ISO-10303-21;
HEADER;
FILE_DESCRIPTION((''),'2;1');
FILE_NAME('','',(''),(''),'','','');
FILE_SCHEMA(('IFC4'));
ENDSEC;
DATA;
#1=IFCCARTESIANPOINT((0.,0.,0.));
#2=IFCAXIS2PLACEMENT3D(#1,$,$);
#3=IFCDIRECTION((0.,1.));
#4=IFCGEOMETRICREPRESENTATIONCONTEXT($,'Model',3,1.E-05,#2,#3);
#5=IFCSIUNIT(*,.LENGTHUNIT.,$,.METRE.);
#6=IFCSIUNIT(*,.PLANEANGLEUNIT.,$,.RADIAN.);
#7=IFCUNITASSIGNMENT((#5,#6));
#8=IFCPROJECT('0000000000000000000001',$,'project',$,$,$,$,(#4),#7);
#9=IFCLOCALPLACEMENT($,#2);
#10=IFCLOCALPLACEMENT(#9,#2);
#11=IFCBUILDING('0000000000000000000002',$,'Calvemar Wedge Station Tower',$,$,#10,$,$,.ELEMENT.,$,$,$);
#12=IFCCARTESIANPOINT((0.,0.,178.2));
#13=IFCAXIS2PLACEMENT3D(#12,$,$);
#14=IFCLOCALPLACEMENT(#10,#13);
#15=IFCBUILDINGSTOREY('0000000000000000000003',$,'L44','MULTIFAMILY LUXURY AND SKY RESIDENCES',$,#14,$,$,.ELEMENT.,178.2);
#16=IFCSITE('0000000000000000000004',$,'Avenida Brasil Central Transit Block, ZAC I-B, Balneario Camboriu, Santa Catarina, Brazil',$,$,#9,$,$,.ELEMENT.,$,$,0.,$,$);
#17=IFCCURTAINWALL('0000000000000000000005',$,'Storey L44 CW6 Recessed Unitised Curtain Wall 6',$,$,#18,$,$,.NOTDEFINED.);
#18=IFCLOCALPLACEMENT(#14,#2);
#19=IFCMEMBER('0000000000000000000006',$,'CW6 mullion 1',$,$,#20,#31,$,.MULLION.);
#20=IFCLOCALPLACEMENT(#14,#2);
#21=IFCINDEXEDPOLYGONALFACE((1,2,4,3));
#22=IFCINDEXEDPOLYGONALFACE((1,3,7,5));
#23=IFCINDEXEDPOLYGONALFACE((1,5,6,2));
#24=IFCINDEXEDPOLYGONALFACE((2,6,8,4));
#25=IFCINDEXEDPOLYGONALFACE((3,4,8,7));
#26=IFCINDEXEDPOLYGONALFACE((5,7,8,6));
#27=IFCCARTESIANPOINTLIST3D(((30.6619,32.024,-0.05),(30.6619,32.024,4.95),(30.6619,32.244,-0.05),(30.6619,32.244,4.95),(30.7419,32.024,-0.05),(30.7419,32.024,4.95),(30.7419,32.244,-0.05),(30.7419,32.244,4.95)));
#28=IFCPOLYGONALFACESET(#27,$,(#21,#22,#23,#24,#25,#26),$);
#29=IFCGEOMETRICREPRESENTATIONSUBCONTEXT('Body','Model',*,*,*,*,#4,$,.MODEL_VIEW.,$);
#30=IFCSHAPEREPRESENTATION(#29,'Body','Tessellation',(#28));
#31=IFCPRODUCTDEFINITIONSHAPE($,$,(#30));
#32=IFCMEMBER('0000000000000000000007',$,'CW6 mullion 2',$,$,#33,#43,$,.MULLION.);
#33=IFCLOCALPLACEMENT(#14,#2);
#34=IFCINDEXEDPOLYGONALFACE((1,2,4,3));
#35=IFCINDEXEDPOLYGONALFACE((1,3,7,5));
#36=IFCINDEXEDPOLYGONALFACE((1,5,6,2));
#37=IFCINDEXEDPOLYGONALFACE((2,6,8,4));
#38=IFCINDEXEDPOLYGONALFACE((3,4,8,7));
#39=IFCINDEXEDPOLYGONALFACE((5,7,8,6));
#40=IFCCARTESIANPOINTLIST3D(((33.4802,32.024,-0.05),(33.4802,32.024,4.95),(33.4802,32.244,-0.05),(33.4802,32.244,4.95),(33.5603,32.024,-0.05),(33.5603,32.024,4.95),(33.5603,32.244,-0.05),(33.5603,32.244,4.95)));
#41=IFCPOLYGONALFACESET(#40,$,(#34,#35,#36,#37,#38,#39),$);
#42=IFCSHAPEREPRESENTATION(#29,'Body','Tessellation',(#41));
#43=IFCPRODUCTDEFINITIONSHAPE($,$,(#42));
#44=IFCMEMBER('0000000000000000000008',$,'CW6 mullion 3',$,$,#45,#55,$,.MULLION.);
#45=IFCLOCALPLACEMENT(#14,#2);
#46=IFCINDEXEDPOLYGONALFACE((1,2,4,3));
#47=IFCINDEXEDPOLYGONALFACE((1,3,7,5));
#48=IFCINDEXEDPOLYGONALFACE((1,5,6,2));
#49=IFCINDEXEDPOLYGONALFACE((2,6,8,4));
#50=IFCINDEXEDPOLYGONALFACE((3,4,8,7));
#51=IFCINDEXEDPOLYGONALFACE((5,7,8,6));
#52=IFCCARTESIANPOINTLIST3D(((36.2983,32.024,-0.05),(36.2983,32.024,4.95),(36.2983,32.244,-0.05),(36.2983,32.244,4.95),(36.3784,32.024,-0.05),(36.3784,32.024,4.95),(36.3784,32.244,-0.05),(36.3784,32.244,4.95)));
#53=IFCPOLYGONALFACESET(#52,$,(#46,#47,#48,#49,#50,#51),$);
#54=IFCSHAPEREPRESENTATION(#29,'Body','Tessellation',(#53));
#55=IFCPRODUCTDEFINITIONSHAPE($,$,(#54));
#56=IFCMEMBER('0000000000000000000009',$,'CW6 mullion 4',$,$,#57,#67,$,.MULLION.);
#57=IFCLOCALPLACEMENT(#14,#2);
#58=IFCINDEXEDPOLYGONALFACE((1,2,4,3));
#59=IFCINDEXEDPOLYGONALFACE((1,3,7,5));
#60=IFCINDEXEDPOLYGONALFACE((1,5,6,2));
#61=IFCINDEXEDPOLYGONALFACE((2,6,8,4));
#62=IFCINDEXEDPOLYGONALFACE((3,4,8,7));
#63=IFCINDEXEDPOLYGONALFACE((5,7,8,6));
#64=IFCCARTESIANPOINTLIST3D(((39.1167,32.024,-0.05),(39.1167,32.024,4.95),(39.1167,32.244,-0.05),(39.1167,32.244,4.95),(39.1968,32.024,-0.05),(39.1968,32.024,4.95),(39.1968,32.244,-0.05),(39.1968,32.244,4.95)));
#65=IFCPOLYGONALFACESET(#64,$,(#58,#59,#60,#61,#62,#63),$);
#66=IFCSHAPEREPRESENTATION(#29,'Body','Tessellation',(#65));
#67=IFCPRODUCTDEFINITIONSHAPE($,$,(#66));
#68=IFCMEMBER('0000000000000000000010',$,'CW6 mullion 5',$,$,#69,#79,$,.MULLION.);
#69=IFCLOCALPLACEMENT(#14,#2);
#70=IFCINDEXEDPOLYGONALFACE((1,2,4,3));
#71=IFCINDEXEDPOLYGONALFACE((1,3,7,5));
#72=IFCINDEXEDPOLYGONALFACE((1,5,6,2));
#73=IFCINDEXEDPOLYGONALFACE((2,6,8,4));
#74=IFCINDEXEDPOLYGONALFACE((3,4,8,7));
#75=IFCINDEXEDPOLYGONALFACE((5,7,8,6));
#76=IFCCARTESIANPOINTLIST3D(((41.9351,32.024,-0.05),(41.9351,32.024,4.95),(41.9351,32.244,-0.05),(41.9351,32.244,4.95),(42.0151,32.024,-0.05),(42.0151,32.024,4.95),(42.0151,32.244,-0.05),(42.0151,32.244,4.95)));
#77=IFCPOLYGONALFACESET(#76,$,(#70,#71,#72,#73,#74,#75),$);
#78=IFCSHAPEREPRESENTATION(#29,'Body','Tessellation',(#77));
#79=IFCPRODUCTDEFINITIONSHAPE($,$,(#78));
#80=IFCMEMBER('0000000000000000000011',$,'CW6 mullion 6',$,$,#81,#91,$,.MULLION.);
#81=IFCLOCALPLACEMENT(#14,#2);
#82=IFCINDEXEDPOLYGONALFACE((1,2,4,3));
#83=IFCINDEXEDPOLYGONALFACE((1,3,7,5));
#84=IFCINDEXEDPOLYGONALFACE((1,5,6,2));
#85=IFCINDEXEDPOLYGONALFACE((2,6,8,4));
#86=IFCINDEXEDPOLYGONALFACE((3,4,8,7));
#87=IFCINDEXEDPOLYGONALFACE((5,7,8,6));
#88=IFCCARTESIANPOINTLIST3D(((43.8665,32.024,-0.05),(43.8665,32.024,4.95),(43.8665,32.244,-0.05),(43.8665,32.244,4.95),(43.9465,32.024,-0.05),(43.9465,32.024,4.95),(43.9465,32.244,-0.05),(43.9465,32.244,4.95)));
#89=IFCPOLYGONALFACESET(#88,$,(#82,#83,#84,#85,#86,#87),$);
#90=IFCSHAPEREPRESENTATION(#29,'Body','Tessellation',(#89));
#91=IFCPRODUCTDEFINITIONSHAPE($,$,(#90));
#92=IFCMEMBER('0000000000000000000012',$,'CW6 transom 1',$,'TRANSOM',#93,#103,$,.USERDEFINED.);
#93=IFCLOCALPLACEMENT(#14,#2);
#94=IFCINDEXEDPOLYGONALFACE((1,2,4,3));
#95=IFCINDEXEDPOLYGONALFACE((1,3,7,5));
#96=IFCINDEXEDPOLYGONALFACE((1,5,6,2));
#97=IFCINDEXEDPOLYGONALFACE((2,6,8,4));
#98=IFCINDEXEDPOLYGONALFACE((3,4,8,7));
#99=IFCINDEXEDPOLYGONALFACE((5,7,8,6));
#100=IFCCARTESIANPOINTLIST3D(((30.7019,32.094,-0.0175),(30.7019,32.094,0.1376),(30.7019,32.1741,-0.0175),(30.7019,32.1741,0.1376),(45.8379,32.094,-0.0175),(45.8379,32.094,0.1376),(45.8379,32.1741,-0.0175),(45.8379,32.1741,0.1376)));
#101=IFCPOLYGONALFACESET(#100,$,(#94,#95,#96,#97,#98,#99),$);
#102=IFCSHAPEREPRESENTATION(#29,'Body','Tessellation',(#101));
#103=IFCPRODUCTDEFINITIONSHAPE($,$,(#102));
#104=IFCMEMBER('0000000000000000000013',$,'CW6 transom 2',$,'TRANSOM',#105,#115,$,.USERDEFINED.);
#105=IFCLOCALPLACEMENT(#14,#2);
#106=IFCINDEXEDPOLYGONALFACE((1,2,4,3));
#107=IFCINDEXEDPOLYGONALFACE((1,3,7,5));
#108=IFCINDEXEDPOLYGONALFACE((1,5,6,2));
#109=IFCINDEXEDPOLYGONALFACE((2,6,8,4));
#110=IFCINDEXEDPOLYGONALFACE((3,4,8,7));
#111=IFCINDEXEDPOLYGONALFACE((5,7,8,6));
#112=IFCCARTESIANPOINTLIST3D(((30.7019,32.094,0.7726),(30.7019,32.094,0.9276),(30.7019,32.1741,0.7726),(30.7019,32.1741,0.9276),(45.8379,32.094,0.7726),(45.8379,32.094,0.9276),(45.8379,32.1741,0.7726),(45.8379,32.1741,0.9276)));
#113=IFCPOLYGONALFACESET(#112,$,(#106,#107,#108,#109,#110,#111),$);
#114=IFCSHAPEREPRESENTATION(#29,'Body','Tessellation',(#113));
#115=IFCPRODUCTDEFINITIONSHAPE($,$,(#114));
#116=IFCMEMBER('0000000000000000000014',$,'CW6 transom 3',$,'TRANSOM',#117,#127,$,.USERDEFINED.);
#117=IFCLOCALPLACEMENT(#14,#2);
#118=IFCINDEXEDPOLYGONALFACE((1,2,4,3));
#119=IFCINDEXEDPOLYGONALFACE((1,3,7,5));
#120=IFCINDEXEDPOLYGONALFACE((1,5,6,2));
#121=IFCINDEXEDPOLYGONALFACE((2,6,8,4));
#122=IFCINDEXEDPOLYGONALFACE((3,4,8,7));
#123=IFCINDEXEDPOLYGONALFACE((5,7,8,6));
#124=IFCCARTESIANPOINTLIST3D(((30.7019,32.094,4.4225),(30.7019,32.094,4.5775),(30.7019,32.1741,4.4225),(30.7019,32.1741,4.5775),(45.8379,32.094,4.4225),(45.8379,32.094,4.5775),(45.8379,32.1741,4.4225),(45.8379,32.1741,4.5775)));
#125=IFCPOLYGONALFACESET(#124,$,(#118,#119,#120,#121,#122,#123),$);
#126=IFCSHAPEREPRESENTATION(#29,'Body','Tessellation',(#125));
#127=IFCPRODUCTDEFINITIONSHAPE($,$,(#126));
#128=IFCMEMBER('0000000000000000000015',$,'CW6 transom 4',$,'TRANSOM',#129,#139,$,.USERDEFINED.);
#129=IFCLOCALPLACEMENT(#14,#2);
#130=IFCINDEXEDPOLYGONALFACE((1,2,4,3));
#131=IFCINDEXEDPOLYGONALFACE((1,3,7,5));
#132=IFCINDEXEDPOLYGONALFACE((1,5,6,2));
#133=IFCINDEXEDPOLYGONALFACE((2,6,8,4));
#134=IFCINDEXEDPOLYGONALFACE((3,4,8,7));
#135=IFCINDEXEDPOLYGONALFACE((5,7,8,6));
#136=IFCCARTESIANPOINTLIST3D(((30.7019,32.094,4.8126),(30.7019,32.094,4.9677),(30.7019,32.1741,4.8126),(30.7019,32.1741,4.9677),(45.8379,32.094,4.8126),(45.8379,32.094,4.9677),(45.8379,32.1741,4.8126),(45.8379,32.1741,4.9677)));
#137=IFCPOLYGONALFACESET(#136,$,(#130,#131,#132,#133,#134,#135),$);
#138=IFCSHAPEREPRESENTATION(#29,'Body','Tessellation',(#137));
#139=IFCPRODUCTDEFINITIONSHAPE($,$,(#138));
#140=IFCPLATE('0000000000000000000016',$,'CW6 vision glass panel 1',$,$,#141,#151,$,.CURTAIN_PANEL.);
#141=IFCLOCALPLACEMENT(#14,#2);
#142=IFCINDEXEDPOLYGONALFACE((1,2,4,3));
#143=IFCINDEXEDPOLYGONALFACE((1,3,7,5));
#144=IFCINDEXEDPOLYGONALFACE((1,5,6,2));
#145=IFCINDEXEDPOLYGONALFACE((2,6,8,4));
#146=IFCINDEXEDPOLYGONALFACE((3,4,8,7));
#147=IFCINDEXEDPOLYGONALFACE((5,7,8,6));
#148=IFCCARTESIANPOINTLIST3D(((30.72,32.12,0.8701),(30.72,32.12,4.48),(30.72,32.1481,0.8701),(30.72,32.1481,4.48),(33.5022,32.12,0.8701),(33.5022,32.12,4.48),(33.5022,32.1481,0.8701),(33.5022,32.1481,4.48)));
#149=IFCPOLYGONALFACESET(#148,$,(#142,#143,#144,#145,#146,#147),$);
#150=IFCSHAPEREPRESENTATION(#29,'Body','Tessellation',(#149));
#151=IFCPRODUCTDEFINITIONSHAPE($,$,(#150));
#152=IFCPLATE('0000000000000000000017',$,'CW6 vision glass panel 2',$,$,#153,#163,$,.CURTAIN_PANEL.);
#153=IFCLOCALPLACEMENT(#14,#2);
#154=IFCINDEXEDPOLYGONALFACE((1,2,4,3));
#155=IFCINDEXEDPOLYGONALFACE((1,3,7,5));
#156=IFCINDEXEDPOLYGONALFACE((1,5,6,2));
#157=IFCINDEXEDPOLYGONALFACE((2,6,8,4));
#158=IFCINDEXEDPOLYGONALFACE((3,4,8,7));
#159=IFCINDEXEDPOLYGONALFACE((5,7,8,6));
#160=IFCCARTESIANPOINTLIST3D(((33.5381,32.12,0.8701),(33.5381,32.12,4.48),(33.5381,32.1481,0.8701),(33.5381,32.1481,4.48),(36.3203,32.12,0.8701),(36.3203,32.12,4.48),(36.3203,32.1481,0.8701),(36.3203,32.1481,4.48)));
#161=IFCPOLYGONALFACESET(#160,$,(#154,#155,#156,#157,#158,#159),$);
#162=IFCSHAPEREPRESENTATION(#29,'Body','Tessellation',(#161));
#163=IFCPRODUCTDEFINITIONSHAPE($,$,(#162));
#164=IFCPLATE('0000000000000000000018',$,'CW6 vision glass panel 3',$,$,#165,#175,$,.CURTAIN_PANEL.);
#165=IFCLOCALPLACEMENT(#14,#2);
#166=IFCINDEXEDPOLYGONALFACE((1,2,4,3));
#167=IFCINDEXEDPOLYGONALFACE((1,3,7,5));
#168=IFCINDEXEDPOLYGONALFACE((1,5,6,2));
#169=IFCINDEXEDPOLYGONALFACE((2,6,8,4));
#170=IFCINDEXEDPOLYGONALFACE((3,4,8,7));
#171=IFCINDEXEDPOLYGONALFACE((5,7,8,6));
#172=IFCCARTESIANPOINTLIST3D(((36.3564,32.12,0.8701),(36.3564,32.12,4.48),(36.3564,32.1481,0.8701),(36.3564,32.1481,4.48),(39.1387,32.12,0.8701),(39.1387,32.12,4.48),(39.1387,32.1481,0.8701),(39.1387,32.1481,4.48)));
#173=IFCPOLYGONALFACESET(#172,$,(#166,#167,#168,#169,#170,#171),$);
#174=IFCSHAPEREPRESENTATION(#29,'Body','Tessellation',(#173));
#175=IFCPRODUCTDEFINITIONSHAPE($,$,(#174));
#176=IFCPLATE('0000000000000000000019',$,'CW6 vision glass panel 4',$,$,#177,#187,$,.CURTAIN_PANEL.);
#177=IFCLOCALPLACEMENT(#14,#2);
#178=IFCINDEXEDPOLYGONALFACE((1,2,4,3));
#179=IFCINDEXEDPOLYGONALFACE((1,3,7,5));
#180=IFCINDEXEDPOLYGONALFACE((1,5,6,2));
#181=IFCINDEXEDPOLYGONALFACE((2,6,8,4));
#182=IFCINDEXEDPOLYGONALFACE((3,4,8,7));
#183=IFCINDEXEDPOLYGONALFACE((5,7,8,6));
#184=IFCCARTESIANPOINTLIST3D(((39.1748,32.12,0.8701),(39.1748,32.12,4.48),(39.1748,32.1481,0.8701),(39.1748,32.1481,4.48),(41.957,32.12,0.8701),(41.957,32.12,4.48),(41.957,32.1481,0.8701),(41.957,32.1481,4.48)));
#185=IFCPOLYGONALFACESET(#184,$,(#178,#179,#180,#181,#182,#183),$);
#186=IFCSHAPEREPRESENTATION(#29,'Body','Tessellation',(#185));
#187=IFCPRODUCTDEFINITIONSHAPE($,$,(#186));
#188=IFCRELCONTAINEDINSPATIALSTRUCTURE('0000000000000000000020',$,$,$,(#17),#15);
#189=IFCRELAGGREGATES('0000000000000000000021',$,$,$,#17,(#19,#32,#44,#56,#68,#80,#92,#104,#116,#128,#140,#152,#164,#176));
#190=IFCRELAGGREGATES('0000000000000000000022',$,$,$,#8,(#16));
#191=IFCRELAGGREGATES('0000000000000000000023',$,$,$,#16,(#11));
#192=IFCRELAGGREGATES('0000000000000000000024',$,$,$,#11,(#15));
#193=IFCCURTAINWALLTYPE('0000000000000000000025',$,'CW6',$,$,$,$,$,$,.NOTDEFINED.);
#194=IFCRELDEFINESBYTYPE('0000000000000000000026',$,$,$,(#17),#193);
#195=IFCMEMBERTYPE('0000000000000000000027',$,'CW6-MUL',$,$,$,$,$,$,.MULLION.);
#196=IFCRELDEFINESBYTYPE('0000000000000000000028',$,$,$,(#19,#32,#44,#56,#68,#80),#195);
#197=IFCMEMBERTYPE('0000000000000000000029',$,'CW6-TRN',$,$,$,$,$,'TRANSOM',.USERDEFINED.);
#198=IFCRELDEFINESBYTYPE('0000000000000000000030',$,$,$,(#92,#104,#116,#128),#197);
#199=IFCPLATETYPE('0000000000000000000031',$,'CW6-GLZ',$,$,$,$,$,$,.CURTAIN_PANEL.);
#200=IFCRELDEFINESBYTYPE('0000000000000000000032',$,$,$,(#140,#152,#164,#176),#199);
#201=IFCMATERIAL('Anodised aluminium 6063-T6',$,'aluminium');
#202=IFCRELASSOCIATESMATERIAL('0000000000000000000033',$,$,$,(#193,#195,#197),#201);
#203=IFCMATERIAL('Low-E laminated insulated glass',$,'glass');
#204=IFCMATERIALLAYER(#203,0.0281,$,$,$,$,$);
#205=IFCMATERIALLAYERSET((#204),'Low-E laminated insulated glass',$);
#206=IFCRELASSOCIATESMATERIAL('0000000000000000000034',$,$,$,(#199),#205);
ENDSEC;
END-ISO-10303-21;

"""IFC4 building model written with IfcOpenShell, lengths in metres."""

from ifc_helpers import new_model, si_unit, direction, frame, frame_2d, origin, origin_2d, place, context, subcontext, project, spatial, rectangle, extrude, source, transform, mapped, material, layer, layer_set, material_profile, profile_set, type_object, element, aggregate, save


model = new_model("IFC4")

# Units and contexts
model_context = context("Model", 3, precision=1e-05, world=origin(), true_north=direction((0.0, 1.0)))
body_context = subcontext(model_context, "Body", "Model", "MODEL_VIEW")
ifc_project = project(units=[si_unit("LENGTHUNIT", "METRE"), si_unit("PLANEANGLEUNIT", "RADIAN")], contexts=[model_context])

# Site, building, storey
site_placement = place(None, origin())
site = spatial("IfcSite", under=ifc_project, at=site_placement, Name="Avenida Brasil Central Transit Block, ZAC I-B, Balneario Camboriu, Santa Catarina, Brazil", CompositionType="ELEMENT", RefElevation=0.0)
building_placement = place(site_placement, origin())
building = spatial("IfcBuilding", under=site, at=building_placement, Name="Calvemar Wedge Station Tower", CompositionType="ELEMENT")
storey_placement = place(building_placement, frame((0.0, 0.0, 178.2)))
storey = spatial("IfcBuildingStorey", under=building, at=storey_placement, Name="L44", Description="MULTIFAMILY LUXURY AND SKY RESIDENCES", CompositionType="ELEMENT", Elevation=178.2)

# Curtain wall, members, plates
ifc_material_1 = material(Name="Anodised aluminium 6063-T6", Category="aluminium")
curtain_wall_type = type_object("IfcCurtainWallType", Name="CW6", PredefinedType="NOTDEFINED", material=ifc_material_1)
curtain_wall_placement = place(storey_placement, origin())
curtain_wall = element("IfcCurtainWall", 1, at=curtain_wall_placement, inside=storey, type_object=curtain_wall_type, Name="Storey L44 CW6 Recessed Unitised Curtain Wall 6", PredefinedType="NOTDEFINED")
ifc_material_profile_1 = material_profile(ifc_material_1, rectangle(XDim=0.0801, YDim=0.22, at=origin_2d()), Name="AL-MUL-80x220")
ifc_profile_set_1 = profile_set([ifc_material_profile_1], Name="Anodised aluminium 6063-T6")
member_type_1 = type_object("IfcMemberType", Name="CW6-MUL", PredefinedType="MULLION", material=ifc_profile_set_1)
shared_shape_1 = source(origin(), body_context, "Body", "SweptSolid", [
    extrude(rectangle(XDim=0.0801, YDim=0.22, at=origin_2d()), origin(), (0.0, 0.0, 1.0), 5.0),
])
member_1_placement = place(storey_placement, frame((30.7019, 32.134, -0.05), z_axis=(0.0, 0.0, 1.0), x_axis=(1.0, 0.0, 0.0)))
member_1 = element("IfcMember", 2, at=member_1_placement, type_object=member_type_1, Name="CW6 mullion 1", PredefinedType="MULLION", context=body_context, shape_type="MappedRepresentation", body=[
    mapped(shared_shape_1, transform((0.0, 0.0, 0.0), scale=1.0)),
])
member_2_placement = place(storey_placement, frame((33.5203, 32.134, -0.05), z_axis=(0.0, 0.0, 1.0), x_axis=(1.0, 0.0, 0.0)))
member_2 = element("IfcMember", 3, at=member_2_placement, type_object=member_type_1, Name="CW6 mullion 2", PredefinedType="MULLION", context=body_context, shape_type="MappedRepresentation", body=[
    mapped(shared_shape_1, transform((0.0, 0.0, 0.0), scale=1.0)),
])
member_3_placement = place(storey_placement, frame((36.3384, 32.134, -0.05), z_axis=(0.0, 0.0, 1.0), x_axis=(1.0, 0.0, 0.0)))
member_3 = element("IfcMember", 4, at=member_3_placement, type_object=member_type_1, Name="CW6 mullion 3", PredefinedType="MULLION", context=body_context, shape_type="MappedRepresentation", body=[
    mapped(shared_shape_1, transform((0.0, 0.0, 0.0), scale=1.0)),
])
member_4_placement = place(storey_placement, frame((39.1567, 32.134, -0.05), z_axis=(0.0, 0.0, 1.0), x_axis=(1.0, 0.0, 0.0)))
member_4 = element("IfcMember", 5, at=member_4_placement, type_object=member_type_1, Name="CW6 mullion 4", PredefinedType="MULLION", context=body_context, shape_type="MappedRepresentation", body=[
    mapped(shared_shape_1, transform((0.0, 0.0, 0.0), scale=1.0)),
])
member_5_placement = place(storey_placement, frame((41.9751, 32.134, -0.05), z_axis=(0.0, 0.0, 1.0), x_axis=(1.0, 0.0, 0.0)))
member_5 = element("IfcMember", 6, at=member_5_placement, type_object=member_type_1, Name="CW6 mullion 5", PredefinedType="MULLION", context=body_context, shape_type="MappedRepresentation", body=[
    mapped(shared_shape_1, transform((0.0, 0.0, 0.0), scale=1.0)),
])
member_6_placement = place(storey_placement, frame((43.9065, 32.134, -0.05), z_axis=(0.0, 0.0, 1.0), x_axis=(1.0, 0.0, 0.0)))
member_6 = element("IfcMember", 7, at=member_6_placement, type_object=member_type_1, Name="CW6 mullion 6", PredefinedType="MULLION", context=body_context, shape_type="MappedRepresentation", body=[
    mapped(shared_shape_1, transform((0.0, 0.0, 0.0), scale=1.0)),
])
ifc_material_profile_2 = material_profile(ifc_material_1, rectangle(XDim=0.0801, YDim=0.155, at=origin_2d()), Name="AL-TRN-80x155")
ifc_profile_set_2 = profile_set([ifc_material_profile_2], Name="Anodised aluminium 6063-T6")
member_type_2 = type_object("IfcMemberType", Name="CW6-TRN", ElementType="TRANSOM", PredefinedType="USERDEFINED", material=ifc_profile_set_2)
shared_shape_2 = source(origin(), body_context, "Body", "SweptSolid", [
    extrude(rectangle(XDim=0.0801, YDim=0.155, at=origin_2d()), origin(), (0.0, 0.0, 1.0), 15.136),
])
member_7_placement = place(storey_placement, frame((30.7019, 32.134, 0.0601), z_axis=(1.0, 0.0, 0.0), x_axis=(0.0, 1.0, 0.0)))
member_7 = element("IfcMember", 8, at=member_7_placement, type_object=member_type_2, Name="CW6 transom 1", ObjectType="TRANSOM", PredefinedType="USERDEFINED", context=body_context, shape_type="MappedRepresentation", body=[
    mapped(shared_shape_2, transform((0.0, 0.0, 0.0), scale=1.0)),
])
member_8_placement = place(storey_placement, frame((30.7019, 32.134, 0.8501), z_axis=(1.0, 0.0, 0.0), x_axis=(0.0, 1.0, 0.0)))
member_8 = element("IfcMember", 9, at=member_8_placement, type_object=member_type_2, Name="CW6 transom 2", ObjectType="TRANSOM", PredefinedType="USERDEFINED", context=body_context, shape_type="MappedRepresentation", body=[
    mapped(shared_shape_2, transform((0.0, 0.0, 0.0), scale=1.0)),
])
member_9_placement = place(storey_placement, frame((30.7019, 32.134, 4.5), z_axis=(1.0, 0.0, 0.0), x_axis=(0.0, 1.0, 0.0)))
member_9 = element("IfcMember", 10, at=member_9_placement, type_object=member_type_2, Name="CW6 transom 3", ObjectType="TRANSOM", PredefinedType="USERDEFINED", context=body_context, shape_type="MappedRepresentation", body=[
    mapped(shared_shape_2, transform((0.0, 0.0, 0.0), scale=1.0)),
])
member_10_placement = place(storey_placement, frame((30.7019, 32.134, 4.8901), z_axis=(1.0, 0.0, 0.0), x_axis=(0.0, 1.0, 0.0)))
member_10 = element("IfcMember", 11, at=member_10_placement, type_object=member_type_2, Name="CW6 transom 4", ObjectType="TRANSOM", PredefinedType="USERDEFINED", context=body_context, shape_type="MappedRepresentation", body=[
    mapped(shared_shape_2, transform((0.0, 0.0, 0.0), scale=1.0)),
])
ifc_material_2 = material(Name="Low-E laminated insulated glass", Category="glass")
ifc_layer_1 = layer(ifc_material_2, 0.0281)
ifc_layer_set_1 = layer_set([ifc_layer_1], Name="Low-E laminated insulated glass")
plate_type_1 = type_object("IfcPlateType", Name="CW6-GLZ", PredefinedType="CURTAIN_PANEL", material=ifc_layer_set_1)
plate_1_placement = place(storey_placement, frame((30.72, 32.134, 0.8701), z_axis=(0.0, 0.0, 1.0), x_axis=(1.0, 0.0, 0.0)))
plate_1 = element("IfcPlate", 12, at=plate_1_placement, type_object=plate_type_1, Name="CW6 vision glass panel 1", PredefinedType="CURTAIN_PANEL", context=body_context, shape_type="SweptSolid", body=[
    extrude(rectangle(XDim=2.7822, YDim=0.0281, at=frame_2d((1.3911, 0.0))), origin(), (0.0, 0.0, 1.0), 3.6099),
])
plate_2_placement = place(storey_placement, frame((33.5381, 32.134, 0.8701), z_axis=(0.0, 0.0, 1.0), x_axis=(1.0, 0.0, 0.0)))
plate_2 = element("IfcPlate", 13, at=plate_2_placement, type_object=plate_type_1, Name="CW6 vision glass panel 2", PredefinedType="CURTAIN_PANEL", context=body_context, shape_type="SweptSolid", body=[
    extrude(rectangle(XDim=2.7822, YDim=0.0281, at=frame_2d((1.3911, 0.0))), origin(), (0.0, 0.0, 1.0), 3.6099),
])
plate_3_placement = place(storey_placement, frame((36.3564, 32.134, 0.8701), z_axis=(0.0, 0.0, 1.0), x_axis=(1.0, 0.0, 0.0)))
plate_3 = element("IfcPlate", 14, at=plate_3_placement, type_object=plate_type_1, Name="CW6 vision glass panel 3", PredefinedType="CURTAIN_PANEL", context=body_context, shape_type="SweptSolid", body=[
    extrude(rectangle(XDim=2.7822, YDim=0.0281, at=frame_2d((1.3911, 0.0))), origin(), (0.0, 0.0, 1.0), 3.6099),
])
plate_4_placement = place(storey_placement, frame((39.1748, 32.134, 0.8701), z_axis=(0.0, 0.0, 1.0), x_axis=(1.0, 0.0, 0.0)))
plate_4 = element("IfcPlate", 15, at=plate_4_placement, type_object=plate_type_1, Name="CW6 vision glass panel 4", PredefinedType="CURTAIN_PANEL", context=body_context, shape_type="SweptSolid", body=[
    extrude(rectangle(XDim=2.7822, YDim=0.0281, at=frame_2d((1.3911, 0.0))), origin(), (0.0, 0.0, 1.0), 3.6099),
])
aggregate(curtain_wall, [member_1, member_2, member_3, member_4, member_5, member_6, member_7, member_8, member_9, member_10, plate_1, plate_2, plate_3, plate_4])

save(model, "model.ifc")
